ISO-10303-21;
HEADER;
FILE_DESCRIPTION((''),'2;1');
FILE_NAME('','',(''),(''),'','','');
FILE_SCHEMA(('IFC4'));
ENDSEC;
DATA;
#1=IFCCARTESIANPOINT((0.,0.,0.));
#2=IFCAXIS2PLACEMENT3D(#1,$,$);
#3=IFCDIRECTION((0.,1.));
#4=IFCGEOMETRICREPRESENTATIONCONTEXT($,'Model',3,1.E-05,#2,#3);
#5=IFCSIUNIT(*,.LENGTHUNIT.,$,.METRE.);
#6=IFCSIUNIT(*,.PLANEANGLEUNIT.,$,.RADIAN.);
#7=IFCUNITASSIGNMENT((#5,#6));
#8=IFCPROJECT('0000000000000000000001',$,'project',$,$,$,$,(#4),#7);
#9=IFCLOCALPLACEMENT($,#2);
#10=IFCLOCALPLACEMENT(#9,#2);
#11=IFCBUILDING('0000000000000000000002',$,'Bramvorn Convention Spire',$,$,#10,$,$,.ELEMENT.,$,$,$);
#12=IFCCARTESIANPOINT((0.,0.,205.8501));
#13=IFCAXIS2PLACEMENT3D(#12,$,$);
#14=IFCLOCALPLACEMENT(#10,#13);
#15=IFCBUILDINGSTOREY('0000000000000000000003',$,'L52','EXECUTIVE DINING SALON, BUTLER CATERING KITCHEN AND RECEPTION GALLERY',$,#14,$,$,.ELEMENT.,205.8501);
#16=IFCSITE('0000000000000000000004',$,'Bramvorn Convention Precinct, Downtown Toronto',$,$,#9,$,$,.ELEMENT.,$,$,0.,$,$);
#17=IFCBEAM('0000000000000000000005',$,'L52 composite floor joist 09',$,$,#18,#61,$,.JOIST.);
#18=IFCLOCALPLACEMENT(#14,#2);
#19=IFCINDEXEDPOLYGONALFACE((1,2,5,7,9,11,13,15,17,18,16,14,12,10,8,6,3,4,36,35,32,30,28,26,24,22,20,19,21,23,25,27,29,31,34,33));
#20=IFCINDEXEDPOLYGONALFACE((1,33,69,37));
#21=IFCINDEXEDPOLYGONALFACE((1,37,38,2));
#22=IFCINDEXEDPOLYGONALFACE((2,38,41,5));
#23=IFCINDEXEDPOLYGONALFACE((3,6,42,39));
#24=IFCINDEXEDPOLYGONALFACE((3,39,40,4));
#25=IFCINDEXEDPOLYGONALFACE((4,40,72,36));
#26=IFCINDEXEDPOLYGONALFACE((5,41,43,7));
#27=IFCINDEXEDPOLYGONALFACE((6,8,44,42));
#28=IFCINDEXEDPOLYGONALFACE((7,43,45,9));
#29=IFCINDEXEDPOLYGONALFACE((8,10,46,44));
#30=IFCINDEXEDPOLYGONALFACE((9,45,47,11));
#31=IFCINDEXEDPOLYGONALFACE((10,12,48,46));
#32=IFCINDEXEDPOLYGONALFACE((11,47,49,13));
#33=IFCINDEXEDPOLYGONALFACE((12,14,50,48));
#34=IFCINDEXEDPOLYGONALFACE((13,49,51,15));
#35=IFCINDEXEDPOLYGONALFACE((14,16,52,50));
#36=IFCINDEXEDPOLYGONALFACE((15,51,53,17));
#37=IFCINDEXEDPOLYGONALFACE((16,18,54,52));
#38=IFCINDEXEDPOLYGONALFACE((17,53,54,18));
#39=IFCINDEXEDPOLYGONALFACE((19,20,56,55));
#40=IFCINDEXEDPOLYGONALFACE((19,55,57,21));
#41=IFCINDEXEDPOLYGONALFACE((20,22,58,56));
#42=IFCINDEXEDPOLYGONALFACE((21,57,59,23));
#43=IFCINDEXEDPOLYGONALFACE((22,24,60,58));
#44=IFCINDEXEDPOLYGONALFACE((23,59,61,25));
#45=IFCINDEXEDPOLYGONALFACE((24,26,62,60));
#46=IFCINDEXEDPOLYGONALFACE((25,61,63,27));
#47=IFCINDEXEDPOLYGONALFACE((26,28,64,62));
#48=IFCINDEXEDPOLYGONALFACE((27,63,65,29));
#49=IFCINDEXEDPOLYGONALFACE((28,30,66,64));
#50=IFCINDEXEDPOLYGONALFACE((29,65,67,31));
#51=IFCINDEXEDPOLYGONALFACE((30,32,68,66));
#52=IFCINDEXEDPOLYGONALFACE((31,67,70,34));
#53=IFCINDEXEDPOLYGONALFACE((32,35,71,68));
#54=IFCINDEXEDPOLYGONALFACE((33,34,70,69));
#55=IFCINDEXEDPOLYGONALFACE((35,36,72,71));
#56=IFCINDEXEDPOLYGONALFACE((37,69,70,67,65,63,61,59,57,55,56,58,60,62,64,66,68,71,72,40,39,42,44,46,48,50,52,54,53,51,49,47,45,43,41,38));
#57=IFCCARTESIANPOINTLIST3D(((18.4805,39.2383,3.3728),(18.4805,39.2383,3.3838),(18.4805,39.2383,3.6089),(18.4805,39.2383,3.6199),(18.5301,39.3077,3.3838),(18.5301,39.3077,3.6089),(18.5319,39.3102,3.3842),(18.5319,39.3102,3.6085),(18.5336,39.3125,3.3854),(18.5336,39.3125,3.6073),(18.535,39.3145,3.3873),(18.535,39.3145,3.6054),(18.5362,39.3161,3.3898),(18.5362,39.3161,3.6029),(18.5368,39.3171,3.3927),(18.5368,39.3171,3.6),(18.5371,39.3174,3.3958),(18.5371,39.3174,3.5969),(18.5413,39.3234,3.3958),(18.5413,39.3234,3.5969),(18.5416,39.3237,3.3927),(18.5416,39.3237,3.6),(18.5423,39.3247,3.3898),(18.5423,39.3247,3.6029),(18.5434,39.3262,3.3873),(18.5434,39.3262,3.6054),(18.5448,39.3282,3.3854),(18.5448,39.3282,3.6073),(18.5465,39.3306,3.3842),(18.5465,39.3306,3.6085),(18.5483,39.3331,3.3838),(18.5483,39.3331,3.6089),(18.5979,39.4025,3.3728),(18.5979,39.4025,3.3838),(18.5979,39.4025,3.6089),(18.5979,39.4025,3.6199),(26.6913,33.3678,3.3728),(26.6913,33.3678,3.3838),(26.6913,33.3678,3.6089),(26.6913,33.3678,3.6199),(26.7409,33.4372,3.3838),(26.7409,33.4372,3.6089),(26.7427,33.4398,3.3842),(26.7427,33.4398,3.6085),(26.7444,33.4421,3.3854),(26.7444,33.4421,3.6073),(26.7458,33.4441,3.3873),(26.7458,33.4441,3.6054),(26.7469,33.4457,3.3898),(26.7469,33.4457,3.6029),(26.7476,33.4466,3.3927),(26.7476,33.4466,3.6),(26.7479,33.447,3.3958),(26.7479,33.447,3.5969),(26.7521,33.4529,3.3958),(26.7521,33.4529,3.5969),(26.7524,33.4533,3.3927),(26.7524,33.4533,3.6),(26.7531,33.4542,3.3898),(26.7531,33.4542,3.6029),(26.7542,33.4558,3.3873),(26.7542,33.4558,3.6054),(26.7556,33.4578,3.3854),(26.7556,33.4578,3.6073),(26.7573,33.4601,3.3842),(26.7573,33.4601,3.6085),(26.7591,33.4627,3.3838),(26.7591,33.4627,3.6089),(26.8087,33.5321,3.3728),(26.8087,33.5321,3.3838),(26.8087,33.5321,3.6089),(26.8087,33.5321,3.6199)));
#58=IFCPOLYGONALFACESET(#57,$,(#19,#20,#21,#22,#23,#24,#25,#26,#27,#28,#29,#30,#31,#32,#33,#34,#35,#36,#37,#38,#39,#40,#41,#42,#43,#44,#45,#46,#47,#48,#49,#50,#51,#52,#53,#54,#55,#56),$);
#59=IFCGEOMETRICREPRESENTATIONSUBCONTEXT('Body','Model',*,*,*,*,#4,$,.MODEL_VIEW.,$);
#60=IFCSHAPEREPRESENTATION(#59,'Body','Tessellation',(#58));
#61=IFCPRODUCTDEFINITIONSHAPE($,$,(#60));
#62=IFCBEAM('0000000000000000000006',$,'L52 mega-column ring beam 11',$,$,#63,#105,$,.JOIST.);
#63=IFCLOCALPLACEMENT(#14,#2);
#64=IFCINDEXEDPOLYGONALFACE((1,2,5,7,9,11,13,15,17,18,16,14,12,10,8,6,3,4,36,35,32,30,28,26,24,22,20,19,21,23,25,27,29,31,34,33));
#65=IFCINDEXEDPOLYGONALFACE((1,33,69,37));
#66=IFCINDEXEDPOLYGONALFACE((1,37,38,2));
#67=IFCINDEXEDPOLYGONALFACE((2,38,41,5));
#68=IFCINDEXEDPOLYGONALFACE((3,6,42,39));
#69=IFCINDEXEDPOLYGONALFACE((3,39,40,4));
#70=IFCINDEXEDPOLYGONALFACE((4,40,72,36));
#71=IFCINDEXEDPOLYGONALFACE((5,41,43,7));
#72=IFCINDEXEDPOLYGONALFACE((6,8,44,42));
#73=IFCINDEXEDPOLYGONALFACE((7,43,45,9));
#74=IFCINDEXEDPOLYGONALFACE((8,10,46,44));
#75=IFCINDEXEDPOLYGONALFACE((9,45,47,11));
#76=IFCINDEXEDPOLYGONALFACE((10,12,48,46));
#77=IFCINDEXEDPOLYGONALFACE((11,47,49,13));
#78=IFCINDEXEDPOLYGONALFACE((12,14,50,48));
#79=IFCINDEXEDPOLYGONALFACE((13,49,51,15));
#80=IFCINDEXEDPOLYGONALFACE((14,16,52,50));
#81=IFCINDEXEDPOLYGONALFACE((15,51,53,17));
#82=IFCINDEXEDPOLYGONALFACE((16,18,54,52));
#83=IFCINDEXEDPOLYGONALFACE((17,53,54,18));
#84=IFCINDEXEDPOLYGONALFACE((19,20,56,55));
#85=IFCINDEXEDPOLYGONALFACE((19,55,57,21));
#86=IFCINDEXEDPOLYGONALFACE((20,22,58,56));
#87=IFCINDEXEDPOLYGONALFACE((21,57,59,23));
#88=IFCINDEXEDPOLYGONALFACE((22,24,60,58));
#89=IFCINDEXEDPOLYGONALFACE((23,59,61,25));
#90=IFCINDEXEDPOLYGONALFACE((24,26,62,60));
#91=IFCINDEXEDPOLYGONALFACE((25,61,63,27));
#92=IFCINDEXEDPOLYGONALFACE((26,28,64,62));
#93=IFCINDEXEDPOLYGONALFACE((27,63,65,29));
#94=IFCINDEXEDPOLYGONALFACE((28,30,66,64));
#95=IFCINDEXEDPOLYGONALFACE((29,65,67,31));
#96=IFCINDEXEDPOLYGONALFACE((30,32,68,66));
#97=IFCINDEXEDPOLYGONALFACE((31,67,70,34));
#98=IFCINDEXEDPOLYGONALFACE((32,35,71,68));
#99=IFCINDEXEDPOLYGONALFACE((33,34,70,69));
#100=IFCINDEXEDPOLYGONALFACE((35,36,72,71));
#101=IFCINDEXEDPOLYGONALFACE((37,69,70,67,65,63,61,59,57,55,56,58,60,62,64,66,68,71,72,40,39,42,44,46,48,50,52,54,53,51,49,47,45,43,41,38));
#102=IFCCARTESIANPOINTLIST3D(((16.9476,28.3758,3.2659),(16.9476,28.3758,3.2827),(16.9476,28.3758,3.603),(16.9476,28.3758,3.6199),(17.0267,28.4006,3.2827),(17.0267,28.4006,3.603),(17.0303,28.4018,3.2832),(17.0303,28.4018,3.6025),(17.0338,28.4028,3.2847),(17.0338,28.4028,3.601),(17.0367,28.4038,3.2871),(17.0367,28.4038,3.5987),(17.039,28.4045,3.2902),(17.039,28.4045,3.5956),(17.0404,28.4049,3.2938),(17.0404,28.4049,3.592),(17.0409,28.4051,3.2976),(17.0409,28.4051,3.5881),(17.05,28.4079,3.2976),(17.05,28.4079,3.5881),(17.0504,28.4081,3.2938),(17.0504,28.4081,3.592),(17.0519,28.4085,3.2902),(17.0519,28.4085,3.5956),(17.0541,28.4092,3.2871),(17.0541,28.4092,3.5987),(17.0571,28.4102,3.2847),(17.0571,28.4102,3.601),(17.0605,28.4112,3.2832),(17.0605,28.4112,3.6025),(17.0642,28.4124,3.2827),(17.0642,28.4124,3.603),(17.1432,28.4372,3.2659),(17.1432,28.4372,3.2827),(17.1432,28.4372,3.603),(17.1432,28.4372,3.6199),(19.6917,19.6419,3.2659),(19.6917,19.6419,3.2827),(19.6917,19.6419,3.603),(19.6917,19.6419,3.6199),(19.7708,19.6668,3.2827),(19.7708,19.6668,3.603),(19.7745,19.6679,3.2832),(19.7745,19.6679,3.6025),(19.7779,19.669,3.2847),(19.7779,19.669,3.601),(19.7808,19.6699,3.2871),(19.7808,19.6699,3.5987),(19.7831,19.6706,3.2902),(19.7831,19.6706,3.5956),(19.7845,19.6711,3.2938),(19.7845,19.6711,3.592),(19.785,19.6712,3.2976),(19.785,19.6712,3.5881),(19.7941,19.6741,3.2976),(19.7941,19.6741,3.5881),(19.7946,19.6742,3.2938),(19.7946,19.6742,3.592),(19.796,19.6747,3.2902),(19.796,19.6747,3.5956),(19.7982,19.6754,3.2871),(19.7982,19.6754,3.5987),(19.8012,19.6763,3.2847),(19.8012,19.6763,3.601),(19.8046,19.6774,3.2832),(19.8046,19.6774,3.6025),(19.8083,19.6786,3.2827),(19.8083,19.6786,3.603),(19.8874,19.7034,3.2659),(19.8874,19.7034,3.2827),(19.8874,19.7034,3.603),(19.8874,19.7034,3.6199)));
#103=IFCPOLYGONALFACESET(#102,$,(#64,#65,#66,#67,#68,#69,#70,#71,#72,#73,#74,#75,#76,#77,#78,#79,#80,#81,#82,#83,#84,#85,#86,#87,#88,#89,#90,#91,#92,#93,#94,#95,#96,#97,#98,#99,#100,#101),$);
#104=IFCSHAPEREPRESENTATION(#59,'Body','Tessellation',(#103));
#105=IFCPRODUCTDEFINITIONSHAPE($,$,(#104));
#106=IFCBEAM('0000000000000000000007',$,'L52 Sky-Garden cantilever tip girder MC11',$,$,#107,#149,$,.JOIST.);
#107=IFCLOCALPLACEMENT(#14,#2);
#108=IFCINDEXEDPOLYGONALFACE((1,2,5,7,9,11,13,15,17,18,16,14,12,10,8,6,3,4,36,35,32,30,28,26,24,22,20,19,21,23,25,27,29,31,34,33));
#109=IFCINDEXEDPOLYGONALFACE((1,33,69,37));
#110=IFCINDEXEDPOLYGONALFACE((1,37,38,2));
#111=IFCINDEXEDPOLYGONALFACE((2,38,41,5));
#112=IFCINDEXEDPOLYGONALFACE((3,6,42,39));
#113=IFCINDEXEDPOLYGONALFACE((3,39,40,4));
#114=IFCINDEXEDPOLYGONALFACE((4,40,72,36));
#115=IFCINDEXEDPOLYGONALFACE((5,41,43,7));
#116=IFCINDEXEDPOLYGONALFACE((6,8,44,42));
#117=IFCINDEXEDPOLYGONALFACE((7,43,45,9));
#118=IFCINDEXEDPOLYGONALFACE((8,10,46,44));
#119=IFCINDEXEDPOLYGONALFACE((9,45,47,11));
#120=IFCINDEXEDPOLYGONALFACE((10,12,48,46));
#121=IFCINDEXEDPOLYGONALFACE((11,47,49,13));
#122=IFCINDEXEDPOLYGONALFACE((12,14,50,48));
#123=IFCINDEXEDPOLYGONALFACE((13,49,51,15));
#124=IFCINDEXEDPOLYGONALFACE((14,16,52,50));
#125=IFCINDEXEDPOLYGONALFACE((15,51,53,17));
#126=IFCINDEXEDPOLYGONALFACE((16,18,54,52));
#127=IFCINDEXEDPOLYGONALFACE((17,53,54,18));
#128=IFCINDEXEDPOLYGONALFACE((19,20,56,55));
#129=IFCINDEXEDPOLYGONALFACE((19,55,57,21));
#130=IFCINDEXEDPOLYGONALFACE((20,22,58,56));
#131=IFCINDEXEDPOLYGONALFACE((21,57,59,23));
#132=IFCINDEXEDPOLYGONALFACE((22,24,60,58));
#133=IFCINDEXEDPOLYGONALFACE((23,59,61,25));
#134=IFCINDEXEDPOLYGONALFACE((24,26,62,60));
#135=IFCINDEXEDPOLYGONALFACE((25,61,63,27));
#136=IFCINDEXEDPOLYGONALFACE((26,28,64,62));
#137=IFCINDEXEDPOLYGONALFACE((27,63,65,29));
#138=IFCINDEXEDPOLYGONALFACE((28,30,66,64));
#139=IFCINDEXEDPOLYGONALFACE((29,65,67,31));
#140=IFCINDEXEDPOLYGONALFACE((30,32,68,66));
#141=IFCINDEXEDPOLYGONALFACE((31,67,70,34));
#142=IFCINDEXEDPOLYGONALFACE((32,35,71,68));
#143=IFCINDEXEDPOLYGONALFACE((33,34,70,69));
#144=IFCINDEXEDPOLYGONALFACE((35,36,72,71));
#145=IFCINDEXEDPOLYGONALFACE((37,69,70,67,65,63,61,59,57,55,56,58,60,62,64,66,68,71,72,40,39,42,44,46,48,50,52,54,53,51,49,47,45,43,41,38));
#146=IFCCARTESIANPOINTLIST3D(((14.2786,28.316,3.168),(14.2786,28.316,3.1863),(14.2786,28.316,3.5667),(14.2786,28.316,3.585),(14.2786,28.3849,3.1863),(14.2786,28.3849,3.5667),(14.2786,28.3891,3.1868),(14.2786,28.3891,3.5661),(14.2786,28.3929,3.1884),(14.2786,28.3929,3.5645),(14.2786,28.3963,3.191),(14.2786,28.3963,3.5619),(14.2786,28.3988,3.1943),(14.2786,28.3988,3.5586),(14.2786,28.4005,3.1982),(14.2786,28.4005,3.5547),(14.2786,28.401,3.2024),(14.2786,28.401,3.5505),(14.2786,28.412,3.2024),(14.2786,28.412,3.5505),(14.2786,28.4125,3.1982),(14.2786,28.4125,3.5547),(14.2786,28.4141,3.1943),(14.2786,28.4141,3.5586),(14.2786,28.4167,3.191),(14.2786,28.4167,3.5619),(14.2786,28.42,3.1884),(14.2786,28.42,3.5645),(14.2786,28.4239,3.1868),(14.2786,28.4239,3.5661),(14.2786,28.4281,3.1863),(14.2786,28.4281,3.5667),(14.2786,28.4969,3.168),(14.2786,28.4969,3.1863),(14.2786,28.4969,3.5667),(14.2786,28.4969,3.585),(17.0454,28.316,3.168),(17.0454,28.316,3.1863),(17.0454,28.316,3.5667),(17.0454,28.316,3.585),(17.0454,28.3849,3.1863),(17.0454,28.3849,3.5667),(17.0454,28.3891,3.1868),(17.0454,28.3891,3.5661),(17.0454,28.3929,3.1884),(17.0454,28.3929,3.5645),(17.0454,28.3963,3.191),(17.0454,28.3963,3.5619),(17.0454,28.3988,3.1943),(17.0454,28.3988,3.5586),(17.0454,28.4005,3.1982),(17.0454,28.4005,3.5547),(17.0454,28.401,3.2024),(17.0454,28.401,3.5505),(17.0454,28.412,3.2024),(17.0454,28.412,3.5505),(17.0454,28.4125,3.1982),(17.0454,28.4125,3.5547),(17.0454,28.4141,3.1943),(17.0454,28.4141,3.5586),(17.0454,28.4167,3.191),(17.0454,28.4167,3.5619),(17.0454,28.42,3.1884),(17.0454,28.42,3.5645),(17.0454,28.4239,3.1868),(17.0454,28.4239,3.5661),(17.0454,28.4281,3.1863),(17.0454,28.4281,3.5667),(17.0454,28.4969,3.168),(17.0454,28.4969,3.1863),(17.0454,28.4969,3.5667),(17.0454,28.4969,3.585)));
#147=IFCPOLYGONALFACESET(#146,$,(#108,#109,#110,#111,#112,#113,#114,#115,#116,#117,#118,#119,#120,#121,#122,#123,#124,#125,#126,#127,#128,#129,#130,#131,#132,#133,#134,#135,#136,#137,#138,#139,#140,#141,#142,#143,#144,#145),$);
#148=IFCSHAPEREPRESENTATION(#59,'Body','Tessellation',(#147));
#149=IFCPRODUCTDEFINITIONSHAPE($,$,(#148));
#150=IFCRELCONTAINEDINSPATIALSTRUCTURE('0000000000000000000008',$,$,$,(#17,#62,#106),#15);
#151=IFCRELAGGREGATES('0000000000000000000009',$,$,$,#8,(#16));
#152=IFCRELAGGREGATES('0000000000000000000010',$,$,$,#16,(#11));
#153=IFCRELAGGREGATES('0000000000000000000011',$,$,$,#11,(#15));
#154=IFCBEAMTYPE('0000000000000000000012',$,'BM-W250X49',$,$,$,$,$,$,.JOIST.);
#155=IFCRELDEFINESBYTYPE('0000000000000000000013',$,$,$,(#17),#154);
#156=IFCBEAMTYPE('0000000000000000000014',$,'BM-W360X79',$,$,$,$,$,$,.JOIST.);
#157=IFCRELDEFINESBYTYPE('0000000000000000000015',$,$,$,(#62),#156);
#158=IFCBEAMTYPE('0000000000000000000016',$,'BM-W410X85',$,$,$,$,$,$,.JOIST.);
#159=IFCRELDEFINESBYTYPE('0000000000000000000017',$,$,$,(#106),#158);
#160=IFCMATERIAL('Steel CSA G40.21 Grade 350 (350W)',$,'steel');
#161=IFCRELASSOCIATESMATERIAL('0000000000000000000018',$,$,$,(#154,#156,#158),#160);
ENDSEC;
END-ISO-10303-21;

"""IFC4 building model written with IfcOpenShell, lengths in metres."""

from ifc_helpers import new_model, si_unit, direction, frame, origin, origin_2d, place, context, subcontext, project, spatial, i_section, extrude, material, material_profile, profile_set, type_object, element, save


model = new_model("IFC4")

# Units and contexts
model_context = context("Model", 3, precision=1e-05, world=origin(), true_north=direction((0.0, 1.0)))
body_context = subcontext(model_context, "Body", "Model", "MODEL_VIEW")
ifc_project = project(units=[si_unit("LENGTHUNIT", "METRE"), si_unit("PLANEANGLEUNIT", "RADIAN")], contexts=[model_context])

# Site, building, storey
site_placement = place(None, origin())
site = spatial("IfcSite", under=ifc_project, at=site_placement, Name="Bramvorn Convention Precinct, Downtown Toronto", CompositionType="ELEMENT", RefElevation=0.0)
building_placement = place(site_placement, origin())
building = spatial("IfcBuilding", under=site, at=building_placement, Name="Bramvorn Convention Spire", CompositionType="ELEMENT")
storey_placement = place(building_placement, frame((0.0, 0.0, 205.8501)))
storey = spatial("IfcBuildingStorey", under=building, at=storey_placement, Name="L52", Description="EXECUTIVE DINING SALON, BUTLER CATERING KITCHEN AND RECEPTION GALLERY", CompositionType="ELEMENT", Elevation=205.8501)

# Shared definitions
ifc_material_1 = material(Name="Steel CSA G40.21 Grade 350 (350W)", Category="steel")

# Beams
ifc_material_profile_1 = material_profile(ifc_material_1, i_section(OverallWidth=0.2019, OverallDepth=0.2471, WebThickness=0.0073, FlangeThickness=0.011, FilletRadius=0.012, at=origin_2d()))
ifc_profile_set_1 = profile_set([ifc_material_profile_1], Name="Steel CSA G40.21 Grade 350 (350W) - W250X49")
beam_type_1 = type_object("IfcBeamType", Name="BM-W250X49", PredefinedType="JOIST", material=ifc_profile_set_1)
beam_1_placement = place(storey_placement, frame((26.75, 33.45, 3.4963), z_axis=(-0.813472, 0.581604, 0.0), x_axis=(-0.581604, -0.813472, 0.0)))
element("IfcBeam", 1, at=beam_1_placement, inside=storey, type_object=beam_type_1, Name="L52 composite floor joist 09", PredefinedType="JOIST", context=body_context, shape_type="SweptSolid", body=[
    extrude(i_section(OverallWidth=0.2019, OverallDepth=0.2471, WebThickness=0.0073, FlangeThickness=0.011, FilletRadius=0.012, at=origin_2d()), origin(), (0.0, 0.0, 1.0), 10.0935),
])
ifc_material_profile_2 = material_profile(ifc_material_1, i_section(OverallWidth=0.2051, OverallDepth=0.354, WebThickness=0.0095, FlangeThickness=0.0168, FilletRadius=0.0149, at=origin_2d()))
ifc_profile_set_2 = profile_set([ifc_material_profile_2], Name="Steel CSA G40.21 Grade 350 (350W) - W360X79")
beam_type_2 = type_object("IfcBeamType", Name="BM-W360X79", PredefinedType="JOIST", material=ifc_profile_set_2)
beam_2_placement = place(storey_placement, frame((17.0454, 28.4065, 3.4429), z_axis=(0.299748, -0.954019, 0.0), x_axis=(0.954019, 0.299748, 0.0)))
element("IfcBeam", 2, at=beam_2_placement, inside=storey, type_object=beam_type_2, Name="L52 mega-column ring beam 11", PredefinedType="JOIST", context=body_context, shape_type="SweptSolid", body=[
    extrude(i_section(OverallWidth=0.2051, OverallDepth=0.354, WebThickness=0.0095, FlangeThickness=0.0168, FilletRadius=0.0149, at=origin_2d()), origin(), (0.0, 0.0, 1.0), 9.1548),
])
ifc_material_profile_3 = material_profile(ifc_material_1, i_section(OverallWidth=0.1809, OverallDepth=0.417, WebThickness=0.011, FlangeThickness=0.0183, FilletRadius=0.0161, at=origin_2d()))
ifc_profile_set_3 = profile_set([ifc_material_profile_3], Name="Steel CSA G40.21 Grade 350 (350W) - W410X85")
beam_type_3 = type_object("IfcBeamType", Name="BM-W410X85", PredefinedType="JOIST", material=ifc_profile_set_3)
beam_3_placement = place(storey_placement, frame((17.0454, 28.4065, 3.3765), z_axis=(-1.0, 0.0, 0.0), x_axis=(0.0, -1.0, 0.0)))
element("IfcBeam", 3, at=beam_3_placement, inside=storey, type_object=beam_type_3, Name="L52 Sky-Garden cantilever tip girder MC11", PredefinedType="JOIST", context=body_context, shape_type="SweptSolid", body=[
    extrude(i_section(OverallWidth=0.1809, OverallDepth=0.417, WebThickness=0.011, FlangeThickness=0.0183, FilletRadius=0.0161, at=origin_2d()), origin(), (0.0, 0.0, 1.0), 2.7668),
])

save(model, "model.ifc")
